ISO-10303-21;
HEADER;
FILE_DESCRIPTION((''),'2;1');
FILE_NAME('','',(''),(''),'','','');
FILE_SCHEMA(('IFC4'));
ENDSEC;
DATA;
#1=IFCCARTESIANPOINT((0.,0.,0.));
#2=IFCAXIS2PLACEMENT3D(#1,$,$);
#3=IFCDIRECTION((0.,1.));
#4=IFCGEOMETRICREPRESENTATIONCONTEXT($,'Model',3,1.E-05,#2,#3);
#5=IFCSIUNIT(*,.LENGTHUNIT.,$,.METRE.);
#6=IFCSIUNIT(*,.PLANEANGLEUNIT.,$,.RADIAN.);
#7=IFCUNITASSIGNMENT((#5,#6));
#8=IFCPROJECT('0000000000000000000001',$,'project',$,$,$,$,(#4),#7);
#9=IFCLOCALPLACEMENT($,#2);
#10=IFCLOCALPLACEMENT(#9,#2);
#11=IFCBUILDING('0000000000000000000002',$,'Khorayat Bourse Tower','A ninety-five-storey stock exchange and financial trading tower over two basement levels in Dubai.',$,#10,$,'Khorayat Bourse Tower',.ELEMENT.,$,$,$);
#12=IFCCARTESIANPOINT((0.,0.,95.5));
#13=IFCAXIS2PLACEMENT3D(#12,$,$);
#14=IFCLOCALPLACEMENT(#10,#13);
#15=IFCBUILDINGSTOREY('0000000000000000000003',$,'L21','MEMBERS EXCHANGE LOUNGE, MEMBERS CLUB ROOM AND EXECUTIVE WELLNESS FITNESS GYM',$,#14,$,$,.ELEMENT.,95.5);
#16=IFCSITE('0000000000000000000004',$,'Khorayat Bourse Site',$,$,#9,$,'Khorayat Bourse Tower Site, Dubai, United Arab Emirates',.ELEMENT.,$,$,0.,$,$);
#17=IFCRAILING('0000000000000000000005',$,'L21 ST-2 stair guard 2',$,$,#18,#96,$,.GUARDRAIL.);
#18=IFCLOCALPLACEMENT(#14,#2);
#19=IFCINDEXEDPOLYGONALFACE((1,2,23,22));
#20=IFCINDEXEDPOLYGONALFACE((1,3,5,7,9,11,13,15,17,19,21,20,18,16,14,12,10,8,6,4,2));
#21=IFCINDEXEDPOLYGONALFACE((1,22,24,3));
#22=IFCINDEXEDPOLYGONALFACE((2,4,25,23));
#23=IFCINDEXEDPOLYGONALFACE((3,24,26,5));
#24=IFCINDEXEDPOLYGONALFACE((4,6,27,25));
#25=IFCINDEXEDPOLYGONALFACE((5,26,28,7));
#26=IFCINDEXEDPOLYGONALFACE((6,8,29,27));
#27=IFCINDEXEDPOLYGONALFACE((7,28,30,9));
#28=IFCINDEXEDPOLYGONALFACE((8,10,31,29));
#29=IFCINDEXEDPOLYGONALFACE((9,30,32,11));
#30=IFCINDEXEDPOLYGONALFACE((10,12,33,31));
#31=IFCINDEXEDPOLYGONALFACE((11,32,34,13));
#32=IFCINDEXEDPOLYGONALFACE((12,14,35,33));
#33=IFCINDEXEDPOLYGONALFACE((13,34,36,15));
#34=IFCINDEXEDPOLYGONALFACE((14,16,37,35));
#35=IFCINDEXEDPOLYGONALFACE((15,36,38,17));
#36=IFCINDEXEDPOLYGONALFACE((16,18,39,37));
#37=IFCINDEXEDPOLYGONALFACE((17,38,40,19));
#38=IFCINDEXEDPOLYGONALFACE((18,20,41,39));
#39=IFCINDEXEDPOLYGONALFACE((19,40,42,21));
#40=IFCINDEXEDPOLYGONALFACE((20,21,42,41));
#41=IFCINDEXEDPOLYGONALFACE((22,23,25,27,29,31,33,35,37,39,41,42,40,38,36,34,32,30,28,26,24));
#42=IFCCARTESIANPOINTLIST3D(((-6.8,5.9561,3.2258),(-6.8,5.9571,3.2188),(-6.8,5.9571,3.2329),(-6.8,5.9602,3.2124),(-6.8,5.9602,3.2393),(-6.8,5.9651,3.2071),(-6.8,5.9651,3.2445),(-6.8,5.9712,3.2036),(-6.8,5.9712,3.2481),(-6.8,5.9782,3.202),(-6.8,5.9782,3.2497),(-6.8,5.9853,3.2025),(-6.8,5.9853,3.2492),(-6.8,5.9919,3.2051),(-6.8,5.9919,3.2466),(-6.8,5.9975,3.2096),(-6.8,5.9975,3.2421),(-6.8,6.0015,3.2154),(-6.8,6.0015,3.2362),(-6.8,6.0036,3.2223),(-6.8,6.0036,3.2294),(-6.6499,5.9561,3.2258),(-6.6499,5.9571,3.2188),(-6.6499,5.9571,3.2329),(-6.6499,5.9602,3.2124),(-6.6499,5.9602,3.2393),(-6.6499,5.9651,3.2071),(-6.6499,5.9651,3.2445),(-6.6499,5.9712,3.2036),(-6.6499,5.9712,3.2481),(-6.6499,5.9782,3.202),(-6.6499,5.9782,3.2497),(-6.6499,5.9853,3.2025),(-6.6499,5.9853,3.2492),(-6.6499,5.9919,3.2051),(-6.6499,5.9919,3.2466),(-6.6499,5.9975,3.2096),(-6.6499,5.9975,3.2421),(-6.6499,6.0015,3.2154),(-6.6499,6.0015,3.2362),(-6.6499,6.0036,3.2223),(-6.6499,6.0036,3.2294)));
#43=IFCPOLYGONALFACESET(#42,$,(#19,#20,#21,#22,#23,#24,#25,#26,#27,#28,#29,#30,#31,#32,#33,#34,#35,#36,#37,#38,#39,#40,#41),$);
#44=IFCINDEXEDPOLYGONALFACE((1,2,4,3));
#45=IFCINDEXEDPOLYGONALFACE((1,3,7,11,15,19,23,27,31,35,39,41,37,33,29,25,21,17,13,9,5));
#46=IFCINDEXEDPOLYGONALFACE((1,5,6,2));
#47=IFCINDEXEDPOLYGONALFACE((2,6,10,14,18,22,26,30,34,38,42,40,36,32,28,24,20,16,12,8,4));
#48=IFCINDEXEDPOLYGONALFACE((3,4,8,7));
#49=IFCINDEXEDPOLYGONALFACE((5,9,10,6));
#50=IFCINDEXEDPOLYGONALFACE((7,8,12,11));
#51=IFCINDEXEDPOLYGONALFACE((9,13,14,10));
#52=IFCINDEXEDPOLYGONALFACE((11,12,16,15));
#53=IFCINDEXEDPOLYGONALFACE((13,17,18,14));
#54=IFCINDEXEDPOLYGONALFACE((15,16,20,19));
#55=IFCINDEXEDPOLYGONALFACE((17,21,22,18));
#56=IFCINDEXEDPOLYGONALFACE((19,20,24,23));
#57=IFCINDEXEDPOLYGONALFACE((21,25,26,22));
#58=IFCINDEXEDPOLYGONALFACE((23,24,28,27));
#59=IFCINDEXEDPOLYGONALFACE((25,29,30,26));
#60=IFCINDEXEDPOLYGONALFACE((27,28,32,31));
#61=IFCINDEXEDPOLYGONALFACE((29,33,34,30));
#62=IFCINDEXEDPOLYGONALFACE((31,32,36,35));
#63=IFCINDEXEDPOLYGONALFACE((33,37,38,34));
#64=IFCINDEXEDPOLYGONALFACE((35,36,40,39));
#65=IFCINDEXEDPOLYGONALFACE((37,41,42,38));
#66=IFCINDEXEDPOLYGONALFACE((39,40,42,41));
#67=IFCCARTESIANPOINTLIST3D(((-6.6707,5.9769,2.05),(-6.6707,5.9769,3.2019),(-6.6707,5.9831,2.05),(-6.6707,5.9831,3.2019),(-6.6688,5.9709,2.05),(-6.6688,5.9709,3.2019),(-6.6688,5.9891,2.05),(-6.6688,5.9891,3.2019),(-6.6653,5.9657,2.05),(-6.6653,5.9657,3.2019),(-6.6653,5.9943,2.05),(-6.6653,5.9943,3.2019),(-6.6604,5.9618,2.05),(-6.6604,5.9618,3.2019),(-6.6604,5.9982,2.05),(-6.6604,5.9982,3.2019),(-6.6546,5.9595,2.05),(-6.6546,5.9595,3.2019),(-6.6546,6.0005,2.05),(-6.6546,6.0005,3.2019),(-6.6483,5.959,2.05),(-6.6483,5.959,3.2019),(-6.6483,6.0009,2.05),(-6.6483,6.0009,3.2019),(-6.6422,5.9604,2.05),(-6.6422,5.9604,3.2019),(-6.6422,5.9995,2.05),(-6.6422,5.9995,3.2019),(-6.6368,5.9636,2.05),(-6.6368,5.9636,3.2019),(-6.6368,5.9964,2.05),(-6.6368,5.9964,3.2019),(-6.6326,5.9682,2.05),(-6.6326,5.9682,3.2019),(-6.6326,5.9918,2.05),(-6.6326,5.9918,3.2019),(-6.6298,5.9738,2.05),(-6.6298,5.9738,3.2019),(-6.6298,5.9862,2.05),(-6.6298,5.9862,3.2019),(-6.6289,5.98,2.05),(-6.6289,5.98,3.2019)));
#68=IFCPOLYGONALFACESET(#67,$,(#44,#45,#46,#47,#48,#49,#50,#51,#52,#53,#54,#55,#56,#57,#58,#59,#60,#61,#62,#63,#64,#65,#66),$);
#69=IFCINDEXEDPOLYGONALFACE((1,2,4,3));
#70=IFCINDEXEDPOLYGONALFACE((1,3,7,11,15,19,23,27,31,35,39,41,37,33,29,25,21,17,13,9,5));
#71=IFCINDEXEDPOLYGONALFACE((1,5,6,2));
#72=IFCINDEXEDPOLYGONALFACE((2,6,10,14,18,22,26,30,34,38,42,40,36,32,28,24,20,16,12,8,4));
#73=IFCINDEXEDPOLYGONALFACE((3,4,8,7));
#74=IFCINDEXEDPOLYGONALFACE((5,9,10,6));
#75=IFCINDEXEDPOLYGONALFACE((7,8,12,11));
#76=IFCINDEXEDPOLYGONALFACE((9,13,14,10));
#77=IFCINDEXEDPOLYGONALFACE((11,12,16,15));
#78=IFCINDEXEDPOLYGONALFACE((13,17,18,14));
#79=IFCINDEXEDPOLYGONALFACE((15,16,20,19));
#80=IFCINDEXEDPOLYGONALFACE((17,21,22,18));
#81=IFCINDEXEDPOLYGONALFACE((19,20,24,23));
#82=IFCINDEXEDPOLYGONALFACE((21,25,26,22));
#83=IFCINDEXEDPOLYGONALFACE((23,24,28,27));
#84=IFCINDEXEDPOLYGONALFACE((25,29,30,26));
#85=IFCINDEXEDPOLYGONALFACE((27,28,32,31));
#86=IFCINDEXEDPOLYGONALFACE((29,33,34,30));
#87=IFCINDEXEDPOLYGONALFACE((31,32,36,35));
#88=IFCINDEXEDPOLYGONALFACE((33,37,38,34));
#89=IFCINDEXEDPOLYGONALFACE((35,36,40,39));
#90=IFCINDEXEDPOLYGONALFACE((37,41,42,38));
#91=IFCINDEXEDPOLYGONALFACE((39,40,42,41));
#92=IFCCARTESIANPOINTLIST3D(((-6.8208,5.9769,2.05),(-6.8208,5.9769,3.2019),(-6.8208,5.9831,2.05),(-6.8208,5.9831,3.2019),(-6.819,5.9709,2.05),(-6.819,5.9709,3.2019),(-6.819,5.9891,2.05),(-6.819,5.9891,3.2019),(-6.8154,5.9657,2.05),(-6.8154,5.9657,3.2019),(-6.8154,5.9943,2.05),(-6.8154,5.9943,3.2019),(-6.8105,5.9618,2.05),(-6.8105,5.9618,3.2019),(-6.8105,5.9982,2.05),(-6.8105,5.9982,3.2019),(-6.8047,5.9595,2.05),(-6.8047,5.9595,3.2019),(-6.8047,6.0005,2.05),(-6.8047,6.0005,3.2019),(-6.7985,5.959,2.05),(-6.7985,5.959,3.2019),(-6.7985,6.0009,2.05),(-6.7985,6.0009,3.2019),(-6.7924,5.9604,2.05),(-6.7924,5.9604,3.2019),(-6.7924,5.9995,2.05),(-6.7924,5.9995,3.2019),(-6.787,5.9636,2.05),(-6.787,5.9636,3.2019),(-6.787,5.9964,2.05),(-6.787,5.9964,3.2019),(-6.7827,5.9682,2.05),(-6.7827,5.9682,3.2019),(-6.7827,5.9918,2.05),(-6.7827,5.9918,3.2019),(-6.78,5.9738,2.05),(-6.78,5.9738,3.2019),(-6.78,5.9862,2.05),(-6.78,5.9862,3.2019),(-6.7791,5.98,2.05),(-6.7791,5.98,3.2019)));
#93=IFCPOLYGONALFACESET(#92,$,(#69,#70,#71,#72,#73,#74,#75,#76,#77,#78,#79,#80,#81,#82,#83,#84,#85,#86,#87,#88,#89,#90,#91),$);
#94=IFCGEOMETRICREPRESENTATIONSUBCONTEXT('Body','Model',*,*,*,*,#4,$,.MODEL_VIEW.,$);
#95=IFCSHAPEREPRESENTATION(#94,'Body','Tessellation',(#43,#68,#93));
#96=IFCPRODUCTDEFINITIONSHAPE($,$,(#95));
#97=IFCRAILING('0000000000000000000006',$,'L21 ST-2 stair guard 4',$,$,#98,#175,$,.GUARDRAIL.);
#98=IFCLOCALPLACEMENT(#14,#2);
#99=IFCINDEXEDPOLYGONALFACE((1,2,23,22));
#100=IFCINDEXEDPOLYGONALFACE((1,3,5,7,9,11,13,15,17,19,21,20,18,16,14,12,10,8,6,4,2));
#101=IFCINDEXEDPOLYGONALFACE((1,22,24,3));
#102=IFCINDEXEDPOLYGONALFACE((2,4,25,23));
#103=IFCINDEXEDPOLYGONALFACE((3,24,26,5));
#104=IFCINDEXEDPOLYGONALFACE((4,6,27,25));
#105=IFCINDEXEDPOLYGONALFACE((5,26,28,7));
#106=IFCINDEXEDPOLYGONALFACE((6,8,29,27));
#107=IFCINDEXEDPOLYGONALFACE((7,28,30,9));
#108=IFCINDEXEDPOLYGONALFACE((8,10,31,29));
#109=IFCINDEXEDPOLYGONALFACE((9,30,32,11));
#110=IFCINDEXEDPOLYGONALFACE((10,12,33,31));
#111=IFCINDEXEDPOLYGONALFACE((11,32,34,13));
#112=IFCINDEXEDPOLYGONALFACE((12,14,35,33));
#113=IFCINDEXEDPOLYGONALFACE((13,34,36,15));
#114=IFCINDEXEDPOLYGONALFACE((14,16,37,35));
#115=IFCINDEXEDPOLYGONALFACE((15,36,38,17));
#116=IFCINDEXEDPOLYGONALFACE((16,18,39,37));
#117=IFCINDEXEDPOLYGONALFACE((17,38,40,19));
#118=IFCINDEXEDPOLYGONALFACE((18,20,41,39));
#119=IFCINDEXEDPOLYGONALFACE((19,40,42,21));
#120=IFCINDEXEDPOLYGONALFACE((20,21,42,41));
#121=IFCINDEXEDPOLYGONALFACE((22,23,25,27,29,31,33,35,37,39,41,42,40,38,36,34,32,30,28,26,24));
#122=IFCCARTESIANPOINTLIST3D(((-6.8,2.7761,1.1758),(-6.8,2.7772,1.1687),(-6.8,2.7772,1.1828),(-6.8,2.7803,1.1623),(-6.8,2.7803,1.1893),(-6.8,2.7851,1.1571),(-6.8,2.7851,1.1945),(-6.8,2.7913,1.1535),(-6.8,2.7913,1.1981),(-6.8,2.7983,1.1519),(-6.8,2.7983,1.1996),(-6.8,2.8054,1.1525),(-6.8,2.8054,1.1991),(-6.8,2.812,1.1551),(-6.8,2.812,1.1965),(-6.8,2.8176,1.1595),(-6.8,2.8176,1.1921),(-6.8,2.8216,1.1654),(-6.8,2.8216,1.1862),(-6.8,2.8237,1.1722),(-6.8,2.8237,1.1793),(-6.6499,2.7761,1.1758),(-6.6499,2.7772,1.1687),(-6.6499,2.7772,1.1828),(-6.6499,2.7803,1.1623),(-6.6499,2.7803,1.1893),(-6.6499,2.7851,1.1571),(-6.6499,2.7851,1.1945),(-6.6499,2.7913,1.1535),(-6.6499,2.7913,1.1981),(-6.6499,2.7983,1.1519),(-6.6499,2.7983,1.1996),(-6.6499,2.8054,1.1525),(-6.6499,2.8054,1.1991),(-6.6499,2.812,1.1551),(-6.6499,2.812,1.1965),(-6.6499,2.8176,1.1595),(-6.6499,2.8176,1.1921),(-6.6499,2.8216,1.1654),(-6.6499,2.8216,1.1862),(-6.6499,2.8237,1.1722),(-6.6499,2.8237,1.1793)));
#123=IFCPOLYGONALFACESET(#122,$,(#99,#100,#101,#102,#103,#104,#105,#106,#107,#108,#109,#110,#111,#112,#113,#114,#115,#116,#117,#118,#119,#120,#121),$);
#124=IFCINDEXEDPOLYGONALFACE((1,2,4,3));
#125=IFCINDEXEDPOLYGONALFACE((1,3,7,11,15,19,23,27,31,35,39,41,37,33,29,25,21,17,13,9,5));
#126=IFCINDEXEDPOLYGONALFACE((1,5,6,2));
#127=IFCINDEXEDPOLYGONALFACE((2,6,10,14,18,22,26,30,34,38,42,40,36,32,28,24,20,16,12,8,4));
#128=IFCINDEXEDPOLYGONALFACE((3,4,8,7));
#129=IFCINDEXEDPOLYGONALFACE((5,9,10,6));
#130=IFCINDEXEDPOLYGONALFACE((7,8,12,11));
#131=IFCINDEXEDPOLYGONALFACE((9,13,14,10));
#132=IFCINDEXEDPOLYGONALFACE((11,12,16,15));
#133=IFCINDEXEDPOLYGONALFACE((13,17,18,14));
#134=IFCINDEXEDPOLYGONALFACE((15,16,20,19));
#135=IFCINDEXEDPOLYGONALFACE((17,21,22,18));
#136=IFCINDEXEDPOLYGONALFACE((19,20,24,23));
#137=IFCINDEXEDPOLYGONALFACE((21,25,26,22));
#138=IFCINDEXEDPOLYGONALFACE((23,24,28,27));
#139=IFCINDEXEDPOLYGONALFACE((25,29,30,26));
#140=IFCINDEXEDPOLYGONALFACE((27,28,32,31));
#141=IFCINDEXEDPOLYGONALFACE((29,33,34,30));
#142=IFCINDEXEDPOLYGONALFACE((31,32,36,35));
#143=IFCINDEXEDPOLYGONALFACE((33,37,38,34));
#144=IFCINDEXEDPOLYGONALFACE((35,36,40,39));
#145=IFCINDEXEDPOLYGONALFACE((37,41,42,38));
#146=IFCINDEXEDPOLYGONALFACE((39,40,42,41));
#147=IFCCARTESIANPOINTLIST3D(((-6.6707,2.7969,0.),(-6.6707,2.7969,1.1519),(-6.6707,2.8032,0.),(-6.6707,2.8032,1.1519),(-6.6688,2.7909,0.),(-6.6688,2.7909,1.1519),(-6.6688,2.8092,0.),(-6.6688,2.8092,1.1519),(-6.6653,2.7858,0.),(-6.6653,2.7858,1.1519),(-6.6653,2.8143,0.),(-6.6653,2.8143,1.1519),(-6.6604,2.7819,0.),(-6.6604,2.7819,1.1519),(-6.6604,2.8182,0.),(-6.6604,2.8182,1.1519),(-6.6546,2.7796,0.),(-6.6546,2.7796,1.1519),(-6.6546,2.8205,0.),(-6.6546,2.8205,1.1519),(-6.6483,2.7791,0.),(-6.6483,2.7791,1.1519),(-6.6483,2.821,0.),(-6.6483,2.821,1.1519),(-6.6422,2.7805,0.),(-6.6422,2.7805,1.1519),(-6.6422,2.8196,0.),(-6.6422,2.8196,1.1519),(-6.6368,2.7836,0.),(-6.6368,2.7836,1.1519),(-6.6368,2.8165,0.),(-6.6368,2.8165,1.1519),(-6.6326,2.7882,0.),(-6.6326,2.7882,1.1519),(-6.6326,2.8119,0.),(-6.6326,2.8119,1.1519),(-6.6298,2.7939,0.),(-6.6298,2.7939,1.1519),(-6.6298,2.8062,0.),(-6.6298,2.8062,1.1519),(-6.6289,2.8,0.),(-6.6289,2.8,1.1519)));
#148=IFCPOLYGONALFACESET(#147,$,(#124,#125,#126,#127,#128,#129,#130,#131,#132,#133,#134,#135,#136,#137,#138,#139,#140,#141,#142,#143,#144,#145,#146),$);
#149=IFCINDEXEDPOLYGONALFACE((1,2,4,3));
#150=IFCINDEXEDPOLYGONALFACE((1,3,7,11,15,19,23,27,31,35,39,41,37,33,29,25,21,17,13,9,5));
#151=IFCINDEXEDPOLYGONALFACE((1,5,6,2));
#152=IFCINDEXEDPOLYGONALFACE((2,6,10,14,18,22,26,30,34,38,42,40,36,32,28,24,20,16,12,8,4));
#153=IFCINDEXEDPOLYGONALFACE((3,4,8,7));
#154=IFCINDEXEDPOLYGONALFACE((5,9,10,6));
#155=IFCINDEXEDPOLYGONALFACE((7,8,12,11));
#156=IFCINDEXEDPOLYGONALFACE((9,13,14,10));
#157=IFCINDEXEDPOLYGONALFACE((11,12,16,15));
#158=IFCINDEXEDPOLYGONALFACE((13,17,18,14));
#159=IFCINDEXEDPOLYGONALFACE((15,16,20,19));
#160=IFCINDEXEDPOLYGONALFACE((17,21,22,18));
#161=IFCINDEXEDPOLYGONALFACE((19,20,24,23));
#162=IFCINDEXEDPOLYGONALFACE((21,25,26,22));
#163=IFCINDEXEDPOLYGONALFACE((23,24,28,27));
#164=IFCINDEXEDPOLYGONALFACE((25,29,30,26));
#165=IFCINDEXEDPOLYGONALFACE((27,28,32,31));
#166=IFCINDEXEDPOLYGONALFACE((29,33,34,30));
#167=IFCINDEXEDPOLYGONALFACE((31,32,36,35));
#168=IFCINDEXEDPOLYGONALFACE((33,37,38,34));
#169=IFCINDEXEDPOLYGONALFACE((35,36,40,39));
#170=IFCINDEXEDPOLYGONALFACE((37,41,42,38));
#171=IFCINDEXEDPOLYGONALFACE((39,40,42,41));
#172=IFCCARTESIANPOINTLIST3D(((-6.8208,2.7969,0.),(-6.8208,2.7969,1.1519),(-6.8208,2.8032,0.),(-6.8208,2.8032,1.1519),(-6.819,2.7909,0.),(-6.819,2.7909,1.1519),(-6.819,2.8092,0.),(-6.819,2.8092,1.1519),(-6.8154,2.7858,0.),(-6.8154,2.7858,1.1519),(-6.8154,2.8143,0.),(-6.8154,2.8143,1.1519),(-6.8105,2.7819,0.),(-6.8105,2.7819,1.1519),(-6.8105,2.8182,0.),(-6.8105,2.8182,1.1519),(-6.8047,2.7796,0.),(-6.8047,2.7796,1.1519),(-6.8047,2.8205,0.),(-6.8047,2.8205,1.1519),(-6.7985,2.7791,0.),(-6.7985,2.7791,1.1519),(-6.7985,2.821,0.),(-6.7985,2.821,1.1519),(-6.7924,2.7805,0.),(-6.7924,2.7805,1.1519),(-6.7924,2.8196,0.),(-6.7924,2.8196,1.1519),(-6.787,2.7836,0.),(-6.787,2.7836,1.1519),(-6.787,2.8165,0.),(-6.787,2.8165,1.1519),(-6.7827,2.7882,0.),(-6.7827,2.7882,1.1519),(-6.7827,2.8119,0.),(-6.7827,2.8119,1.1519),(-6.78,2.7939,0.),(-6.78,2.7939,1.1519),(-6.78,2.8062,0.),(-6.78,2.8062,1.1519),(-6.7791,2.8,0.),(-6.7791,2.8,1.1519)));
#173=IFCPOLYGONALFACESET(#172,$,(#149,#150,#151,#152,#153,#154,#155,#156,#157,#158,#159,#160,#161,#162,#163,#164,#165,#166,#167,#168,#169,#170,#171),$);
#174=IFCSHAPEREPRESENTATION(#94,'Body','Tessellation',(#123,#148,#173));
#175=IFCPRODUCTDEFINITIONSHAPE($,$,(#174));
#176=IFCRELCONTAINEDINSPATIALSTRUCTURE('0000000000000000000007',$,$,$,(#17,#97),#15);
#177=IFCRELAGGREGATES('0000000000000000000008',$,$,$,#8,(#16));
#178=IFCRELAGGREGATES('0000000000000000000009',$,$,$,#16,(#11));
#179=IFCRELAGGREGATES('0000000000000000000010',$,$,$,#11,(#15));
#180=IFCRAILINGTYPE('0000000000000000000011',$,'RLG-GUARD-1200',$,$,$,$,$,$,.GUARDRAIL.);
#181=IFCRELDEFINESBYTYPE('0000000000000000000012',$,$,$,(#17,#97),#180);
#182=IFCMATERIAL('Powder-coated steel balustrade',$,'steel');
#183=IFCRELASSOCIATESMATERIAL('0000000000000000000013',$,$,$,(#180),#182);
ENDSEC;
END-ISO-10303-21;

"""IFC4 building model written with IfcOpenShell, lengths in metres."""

from ifc_helpers import new_model, si_unit, direction, frame, origin, origin_2d, place, context, subcontext, project, spatial, circle, extrude, source, transform, mapped, material, type_object, element, save


model = new_model("IFC4")

# Units and contexts
model_context = context("Model", 3, precision=1e-05, world=origin(), true_north=direction((0.0, 1.0)))
body_context = subcontext(model_context, "Body", "Model", "MODEL_VIEW")
ifc_project = project(units=[si_unit("LENGTHUNIT", "METRE"), si_unit("PLANEANGLEUNIT", "RADIAN")], contexts=[model_context])

# Site, building, storey
site_placement = place(None, origin())
site = spatial("IfcSite", under=ifc_project, at=site_placement, Name="Khorayat Bourse Site", LongName="Khorayat Bourse Tower Site, Dubai, United Arab Emirates", CompositionType="ELEMENT", RefElevation=0.0)
building_placement = place(site_placement, origin())
building = spatial("IfcBuilding", under=site, at=building_placement, Name="Khorayat Bourse Tower", Description="A ninety-five-storey stock exchange and financial trading tower over two basement levels in Dubai.", LongName="Khorayat Bourse Tower", CompositionType="ELEMENT")
storey_placement = place(building_placement, frame((0.0, 0.0, 95.5)))
storey = spatial("IfcBuildingStorey", under=building, at=storey_placement, Name="L21", Description="MEMBERS EXCHANGE LOUNGE, MEMBERS CLUB ROOM AND EXECUTIVE WELLNESS FITNESS GYM", CompositionType="ELEMENT", Elevation=95.5)

# Railings
ifc_material_1 = material(Name="Powder-coated steel balustrade", Category="steel")
railing_type_1 = type_object("IfcRailingType", Name="RLG-GUARD-1200", PredefinedType="GUARDRAIL", material=ifc_material_1)
shared_shape_1 = source(origin(), body_context, "Body", "SweptSolid", [
    extrude(circle(Radius=0.0239, at=origin_2d()), frame((0.0, 0.0, 1.1758), z_axis=(-1.0, 0.0, 0.0), x_axis=(0.0, -1.0, 0.0)), (0.0, 0.0, 1.0), 0.1501),
    extrude(circle(Radius=0.021, at=origin_2d()), origin(), (0.0, 0.0, 1.0), 1.1519),
    extrude(circle(Radius=0.021, at=origin_2d()), frame((-0.1501, 0.0, 0.0)), (0.0, 0.0, 1.0), 1.1519),
])
for number, where, name in (
    (1, (-6.6499, 5.98, 2.05), "L21 ST-2 stair guard 2"),
    (2, (-6.6499, 2.8, 0.0), "L21 ST-2 stair guard 4"),
):
    element("IfcRailing", number, at=place(storey_placement, frame(where)), inside=storey, type_object=railing_type_1, Name=name, PredefinedType="GUARDRAIL", context=body_context, shape_type="MappedRepresentation", body=[
        mapped(shared_shape_1, transform((0.0, 0.0, 0.0), scale=1.0)),
    ])

save(model, "model.ifc")
